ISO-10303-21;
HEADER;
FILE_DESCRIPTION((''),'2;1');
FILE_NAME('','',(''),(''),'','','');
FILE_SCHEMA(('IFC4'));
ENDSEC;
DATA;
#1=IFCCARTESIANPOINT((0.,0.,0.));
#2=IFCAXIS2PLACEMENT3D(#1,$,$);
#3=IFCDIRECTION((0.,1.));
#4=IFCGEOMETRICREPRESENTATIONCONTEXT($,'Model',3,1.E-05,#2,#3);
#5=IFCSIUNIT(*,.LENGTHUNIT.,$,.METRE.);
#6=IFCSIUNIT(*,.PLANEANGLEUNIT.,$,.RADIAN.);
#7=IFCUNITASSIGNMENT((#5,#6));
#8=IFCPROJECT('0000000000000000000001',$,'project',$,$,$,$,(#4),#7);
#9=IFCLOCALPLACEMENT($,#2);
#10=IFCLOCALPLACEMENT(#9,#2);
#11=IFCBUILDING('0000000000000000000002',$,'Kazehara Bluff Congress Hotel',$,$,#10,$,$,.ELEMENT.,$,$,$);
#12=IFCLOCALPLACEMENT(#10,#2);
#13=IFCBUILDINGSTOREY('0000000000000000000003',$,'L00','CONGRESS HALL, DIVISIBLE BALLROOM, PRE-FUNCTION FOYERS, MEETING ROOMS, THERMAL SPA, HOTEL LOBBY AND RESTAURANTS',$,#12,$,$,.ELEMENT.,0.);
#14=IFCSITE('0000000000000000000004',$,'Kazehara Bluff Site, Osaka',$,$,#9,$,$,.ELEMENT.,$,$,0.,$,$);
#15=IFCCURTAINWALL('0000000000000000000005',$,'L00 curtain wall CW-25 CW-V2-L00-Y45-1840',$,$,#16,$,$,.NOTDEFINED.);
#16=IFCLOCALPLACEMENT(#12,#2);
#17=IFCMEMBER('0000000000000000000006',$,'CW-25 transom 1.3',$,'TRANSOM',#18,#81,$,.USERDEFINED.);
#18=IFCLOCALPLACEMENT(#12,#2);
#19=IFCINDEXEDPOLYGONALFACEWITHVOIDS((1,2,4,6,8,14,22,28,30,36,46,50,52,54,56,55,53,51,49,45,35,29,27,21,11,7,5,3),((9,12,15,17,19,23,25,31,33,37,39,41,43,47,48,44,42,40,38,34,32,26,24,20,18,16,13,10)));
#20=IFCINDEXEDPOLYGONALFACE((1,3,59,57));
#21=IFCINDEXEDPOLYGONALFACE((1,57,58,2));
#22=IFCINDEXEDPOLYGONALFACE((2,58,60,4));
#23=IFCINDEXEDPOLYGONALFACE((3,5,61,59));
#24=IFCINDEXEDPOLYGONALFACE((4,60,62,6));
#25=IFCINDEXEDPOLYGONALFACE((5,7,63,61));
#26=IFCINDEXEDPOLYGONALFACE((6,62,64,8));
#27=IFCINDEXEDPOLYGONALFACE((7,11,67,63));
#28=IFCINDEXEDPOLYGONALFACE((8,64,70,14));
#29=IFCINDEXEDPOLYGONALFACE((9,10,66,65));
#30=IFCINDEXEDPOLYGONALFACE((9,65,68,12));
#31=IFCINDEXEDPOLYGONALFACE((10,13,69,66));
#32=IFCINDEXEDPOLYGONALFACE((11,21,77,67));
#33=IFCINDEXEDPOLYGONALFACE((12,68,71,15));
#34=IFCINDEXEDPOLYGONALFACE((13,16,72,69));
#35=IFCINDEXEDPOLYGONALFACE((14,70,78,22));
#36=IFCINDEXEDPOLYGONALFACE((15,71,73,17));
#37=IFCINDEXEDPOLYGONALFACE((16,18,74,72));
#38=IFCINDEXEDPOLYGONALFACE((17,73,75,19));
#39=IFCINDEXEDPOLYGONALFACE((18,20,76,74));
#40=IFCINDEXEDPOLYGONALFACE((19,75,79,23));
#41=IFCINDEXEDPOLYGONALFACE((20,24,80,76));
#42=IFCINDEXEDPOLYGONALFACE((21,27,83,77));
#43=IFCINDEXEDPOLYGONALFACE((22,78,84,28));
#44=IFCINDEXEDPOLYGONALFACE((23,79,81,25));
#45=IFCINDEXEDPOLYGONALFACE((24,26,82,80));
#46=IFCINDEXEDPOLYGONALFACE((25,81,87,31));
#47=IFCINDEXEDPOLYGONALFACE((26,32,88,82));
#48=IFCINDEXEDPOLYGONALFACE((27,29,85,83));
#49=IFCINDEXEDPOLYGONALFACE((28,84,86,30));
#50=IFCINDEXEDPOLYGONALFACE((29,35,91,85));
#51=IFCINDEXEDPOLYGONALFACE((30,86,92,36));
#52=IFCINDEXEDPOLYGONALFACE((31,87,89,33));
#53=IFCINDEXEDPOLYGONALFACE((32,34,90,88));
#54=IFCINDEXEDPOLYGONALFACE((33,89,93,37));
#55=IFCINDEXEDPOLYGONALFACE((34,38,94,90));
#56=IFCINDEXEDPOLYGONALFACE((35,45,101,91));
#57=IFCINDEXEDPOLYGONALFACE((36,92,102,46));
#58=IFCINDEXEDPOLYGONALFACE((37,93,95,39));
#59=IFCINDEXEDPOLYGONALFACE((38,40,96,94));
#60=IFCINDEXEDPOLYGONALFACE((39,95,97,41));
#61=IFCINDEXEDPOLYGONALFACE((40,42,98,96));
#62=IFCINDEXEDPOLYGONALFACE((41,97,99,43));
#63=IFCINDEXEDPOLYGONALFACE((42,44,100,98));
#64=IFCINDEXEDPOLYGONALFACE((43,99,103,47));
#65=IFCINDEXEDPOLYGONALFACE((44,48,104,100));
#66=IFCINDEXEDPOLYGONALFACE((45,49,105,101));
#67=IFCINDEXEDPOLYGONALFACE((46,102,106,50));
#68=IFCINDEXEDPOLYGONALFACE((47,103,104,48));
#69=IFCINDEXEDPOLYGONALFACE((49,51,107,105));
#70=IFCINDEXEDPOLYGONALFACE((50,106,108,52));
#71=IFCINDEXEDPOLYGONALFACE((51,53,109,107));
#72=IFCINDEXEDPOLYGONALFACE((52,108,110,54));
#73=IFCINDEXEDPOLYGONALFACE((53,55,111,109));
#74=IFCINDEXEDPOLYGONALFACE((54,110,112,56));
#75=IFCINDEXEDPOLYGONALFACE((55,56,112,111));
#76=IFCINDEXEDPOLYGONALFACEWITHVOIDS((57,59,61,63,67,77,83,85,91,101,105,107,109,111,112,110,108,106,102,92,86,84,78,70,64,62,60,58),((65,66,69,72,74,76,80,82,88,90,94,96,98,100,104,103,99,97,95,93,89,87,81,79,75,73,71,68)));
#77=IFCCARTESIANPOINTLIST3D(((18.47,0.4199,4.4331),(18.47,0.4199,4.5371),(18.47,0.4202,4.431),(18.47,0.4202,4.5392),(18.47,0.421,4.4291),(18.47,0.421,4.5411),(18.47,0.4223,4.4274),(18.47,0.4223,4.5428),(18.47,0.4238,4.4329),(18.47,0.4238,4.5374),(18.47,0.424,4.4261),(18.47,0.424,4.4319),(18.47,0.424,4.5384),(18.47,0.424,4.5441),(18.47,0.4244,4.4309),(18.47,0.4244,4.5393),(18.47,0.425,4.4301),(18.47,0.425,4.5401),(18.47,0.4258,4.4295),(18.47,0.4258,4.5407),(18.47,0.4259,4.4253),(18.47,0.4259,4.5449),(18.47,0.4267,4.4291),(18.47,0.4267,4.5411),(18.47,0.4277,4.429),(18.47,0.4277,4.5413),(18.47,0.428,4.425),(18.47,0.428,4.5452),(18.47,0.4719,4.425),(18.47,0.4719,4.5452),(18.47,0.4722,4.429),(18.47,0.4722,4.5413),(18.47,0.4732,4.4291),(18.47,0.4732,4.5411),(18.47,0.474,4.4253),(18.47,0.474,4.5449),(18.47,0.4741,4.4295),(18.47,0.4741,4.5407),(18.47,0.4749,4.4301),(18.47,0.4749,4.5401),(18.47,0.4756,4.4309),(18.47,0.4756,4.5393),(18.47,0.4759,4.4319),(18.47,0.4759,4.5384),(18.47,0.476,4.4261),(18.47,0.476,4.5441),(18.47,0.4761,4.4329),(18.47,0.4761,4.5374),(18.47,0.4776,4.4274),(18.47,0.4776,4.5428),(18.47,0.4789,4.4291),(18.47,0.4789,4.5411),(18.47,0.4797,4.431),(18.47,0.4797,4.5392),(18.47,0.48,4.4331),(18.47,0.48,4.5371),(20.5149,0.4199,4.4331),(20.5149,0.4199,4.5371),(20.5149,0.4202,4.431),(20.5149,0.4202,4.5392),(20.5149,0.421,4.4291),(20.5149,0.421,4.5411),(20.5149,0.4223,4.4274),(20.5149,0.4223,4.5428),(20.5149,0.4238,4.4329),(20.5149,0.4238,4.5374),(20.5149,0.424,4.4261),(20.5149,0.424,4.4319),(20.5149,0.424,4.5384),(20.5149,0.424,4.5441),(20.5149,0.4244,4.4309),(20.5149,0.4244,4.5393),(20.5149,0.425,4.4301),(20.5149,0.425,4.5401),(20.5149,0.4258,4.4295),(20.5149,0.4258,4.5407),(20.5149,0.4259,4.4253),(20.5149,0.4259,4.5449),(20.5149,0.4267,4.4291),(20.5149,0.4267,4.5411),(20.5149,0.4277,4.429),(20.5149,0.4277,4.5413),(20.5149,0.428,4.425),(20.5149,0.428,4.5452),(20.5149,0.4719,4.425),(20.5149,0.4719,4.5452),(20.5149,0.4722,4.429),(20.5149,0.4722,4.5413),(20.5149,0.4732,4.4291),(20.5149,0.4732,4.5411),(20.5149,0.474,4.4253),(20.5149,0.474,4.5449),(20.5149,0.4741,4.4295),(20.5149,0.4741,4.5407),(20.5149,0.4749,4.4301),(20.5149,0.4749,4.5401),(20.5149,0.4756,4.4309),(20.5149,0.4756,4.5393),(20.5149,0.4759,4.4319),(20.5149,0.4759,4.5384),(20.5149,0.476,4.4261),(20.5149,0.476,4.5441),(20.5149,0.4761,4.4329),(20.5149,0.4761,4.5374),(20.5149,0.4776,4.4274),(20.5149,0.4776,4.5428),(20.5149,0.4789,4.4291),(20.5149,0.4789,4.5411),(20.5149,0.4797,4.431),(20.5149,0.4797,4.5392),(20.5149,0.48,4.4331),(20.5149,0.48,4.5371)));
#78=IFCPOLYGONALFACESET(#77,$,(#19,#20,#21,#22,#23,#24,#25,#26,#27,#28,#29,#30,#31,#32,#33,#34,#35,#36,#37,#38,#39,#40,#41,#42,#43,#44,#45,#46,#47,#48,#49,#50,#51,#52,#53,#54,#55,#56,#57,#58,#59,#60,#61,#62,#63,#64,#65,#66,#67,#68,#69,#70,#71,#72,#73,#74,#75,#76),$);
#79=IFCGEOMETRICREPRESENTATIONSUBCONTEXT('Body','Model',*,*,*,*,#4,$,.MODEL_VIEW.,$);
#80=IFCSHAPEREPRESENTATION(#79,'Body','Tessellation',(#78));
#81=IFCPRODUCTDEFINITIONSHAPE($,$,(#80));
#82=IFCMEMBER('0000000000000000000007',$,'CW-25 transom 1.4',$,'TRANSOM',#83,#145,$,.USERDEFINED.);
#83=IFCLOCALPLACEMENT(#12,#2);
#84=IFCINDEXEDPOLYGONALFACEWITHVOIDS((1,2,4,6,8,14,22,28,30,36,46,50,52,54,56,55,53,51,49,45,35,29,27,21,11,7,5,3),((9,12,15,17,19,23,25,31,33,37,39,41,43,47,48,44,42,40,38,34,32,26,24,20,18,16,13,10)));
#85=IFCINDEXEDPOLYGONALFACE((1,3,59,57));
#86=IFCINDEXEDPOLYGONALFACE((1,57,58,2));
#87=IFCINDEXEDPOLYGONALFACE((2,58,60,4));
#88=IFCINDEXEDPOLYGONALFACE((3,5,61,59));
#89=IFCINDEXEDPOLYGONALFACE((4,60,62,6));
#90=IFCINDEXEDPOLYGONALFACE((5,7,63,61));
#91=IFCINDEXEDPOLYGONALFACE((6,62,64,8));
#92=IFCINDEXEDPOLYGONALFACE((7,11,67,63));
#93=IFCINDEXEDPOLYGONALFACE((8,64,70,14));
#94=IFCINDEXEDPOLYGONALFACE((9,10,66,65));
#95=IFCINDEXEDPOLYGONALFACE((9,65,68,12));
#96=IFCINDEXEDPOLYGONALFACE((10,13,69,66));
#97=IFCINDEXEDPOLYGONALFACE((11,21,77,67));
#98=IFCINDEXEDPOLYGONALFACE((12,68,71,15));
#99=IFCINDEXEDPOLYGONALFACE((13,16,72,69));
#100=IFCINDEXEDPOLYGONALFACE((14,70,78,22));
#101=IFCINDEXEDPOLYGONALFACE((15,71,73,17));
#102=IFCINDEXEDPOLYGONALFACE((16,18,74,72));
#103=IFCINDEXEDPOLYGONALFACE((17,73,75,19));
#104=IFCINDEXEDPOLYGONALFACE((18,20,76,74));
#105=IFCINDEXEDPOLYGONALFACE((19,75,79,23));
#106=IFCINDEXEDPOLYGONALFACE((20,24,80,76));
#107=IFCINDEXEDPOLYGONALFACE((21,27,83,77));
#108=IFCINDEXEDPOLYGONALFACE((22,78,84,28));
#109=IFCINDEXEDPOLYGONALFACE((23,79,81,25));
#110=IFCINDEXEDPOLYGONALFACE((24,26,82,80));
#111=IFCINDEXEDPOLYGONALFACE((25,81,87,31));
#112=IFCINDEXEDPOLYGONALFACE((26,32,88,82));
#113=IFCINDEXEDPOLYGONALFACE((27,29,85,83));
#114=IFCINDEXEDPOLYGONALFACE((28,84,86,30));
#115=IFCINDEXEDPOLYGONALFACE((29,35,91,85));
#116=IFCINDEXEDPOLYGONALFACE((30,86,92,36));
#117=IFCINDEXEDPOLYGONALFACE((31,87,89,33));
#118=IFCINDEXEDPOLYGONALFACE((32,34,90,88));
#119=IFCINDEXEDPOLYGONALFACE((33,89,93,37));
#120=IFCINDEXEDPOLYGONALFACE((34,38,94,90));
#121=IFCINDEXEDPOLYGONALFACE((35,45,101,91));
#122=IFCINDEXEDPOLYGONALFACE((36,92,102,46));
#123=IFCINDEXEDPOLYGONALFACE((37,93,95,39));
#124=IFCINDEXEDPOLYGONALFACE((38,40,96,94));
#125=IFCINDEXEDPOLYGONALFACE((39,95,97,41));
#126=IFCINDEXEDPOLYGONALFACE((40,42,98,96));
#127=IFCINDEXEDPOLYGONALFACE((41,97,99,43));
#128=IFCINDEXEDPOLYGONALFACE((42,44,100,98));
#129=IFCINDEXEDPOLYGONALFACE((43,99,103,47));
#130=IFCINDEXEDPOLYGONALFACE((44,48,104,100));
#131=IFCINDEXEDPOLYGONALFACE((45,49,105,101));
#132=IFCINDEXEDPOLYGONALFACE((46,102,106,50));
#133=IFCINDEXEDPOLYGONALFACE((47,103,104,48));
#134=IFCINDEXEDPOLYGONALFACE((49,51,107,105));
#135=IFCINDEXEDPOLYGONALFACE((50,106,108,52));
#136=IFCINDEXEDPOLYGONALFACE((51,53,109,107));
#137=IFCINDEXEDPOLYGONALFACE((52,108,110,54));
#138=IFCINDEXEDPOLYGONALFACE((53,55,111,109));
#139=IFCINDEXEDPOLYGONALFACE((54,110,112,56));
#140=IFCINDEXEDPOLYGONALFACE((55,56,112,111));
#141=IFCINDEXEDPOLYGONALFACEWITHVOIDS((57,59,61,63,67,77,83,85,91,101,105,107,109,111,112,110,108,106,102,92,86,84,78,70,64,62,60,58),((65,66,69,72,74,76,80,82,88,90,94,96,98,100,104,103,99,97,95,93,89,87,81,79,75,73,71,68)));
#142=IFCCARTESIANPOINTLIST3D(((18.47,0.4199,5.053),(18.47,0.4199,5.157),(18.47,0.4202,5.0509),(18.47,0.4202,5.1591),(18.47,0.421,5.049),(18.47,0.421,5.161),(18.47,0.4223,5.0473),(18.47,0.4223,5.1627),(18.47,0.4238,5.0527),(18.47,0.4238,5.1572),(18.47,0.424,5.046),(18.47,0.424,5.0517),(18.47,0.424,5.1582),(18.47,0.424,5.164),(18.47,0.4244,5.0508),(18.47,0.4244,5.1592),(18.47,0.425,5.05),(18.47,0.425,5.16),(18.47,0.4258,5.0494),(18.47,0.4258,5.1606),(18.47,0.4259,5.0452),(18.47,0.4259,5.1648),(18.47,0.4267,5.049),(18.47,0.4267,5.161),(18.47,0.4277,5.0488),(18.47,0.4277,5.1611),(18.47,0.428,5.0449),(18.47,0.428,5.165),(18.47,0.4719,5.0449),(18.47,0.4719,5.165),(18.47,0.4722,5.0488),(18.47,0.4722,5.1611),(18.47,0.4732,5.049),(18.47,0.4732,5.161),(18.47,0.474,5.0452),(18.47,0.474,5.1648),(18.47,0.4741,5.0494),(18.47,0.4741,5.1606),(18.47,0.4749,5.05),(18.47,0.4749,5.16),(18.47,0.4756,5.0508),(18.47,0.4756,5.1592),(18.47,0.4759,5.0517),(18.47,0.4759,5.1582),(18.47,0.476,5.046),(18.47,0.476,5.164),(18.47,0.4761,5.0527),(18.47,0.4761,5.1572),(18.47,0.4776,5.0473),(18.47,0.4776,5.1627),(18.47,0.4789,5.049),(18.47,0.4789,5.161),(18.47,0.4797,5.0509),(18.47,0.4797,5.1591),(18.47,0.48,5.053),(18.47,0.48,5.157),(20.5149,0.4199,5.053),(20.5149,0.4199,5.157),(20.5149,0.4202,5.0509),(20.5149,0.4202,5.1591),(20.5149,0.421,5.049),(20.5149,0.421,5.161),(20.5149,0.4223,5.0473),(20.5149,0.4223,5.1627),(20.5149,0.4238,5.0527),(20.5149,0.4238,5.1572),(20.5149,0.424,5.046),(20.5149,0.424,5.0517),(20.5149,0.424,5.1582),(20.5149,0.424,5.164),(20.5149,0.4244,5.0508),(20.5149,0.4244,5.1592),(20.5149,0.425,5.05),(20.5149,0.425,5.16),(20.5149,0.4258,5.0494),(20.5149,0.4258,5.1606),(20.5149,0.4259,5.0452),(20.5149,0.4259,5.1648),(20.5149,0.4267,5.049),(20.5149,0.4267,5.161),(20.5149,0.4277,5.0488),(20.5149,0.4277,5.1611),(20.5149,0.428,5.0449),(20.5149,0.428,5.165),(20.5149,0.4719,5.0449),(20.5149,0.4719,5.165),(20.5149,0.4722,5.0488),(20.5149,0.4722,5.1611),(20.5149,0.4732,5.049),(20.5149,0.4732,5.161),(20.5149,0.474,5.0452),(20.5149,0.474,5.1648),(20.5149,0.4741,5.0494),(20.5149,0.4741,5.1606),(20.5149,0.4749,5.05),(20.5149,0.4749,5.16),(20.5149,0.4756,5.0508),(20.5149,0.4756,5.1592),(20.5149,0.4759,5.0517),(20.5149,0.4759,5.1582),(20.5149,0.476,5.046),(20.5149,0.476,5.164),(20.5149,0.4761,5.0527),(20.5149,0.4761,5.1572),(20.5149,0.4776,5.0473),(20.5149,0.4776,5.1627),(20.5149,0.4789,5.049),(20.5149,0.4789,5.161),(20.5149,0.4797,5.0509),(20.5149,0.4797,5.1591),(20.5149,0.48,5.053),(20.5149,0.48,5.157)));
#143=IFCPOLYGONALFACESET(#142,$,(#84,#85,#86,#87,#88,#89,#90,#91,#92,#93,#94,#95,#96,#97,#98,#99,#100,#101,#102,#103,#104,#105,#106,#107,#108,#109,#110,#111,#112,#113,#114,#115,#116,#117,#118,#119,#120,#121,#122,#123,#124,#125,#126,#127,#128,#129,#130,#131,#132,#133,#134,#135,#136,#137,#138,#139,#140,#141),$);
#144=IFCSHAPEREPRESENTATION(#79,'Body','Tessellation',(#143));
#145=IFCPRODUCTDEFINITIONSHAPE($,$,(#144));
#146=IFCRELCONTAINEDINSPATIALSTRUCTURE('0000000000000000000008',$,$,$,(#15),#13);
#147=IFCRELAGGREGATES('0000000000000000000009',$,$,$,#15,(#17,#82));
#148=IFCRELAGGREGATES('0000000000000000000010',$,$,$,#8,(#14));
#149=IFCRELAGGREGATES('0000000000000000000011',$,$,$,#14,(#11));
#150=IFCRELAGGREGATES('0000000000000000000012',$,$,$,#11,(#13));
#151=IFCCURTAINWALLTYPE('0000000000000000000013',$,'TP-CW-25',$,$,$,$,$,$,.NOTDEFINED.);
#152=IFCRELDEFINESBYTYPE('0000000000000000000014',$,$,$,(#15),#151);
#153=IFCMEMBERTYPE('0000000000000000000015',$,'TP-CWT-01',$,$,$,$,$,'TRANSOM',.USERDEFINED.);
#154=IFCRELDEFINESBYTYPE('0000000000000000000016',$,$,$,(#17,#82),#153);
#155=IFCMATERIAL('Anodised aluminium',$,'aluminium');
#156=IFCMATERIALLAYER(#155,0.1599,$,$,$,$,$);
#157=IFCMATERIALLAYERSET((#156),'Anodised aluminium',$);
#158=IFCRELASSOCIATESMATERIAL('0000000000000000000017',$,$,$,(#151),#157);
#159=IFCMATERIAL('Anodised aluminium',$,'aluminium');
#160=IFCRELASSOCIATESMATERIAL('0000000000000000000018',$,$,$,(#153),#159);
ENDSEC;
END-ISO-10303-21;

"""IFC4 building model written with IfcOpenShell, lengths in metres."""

from ifc_helpers import new_model, si_unit, direction, frame, origin, origin_2d, place, context, subcontext, project, spatial, hollow_rectangle, extrude, material, layer, layer_set, material_profile, profile_set, type_object, element, aggregate, save


model = new_model("IFC4")

# Units and contexts
model_context = context("Model", 3, precision=1e-05, world=origin(), true_north=direction((0.0, 1.0)))
body_context = subcontext(model_context, "Body", "Model", "MODEL_VIEW")
ifc_project = project(units=[si_unit("LENGTHUNIT", "METRE"), si_unit("PLANEANGLEUNIT", "RADIAN")], contexts=[model_context])

# Site, building, storey
site_placement = place(None, origin())
site = spatial("IfcSite", under=ifc_project, at=site_placement, Name="Kazehara Bluff Site, Osaka", CompositionType="ELEMENT", RefElevation=0.0)
building_placement = place(site_placement, origin())
building = spatial("IfcBuilding", under=site, at=building_placement, Name="Kazehara Bluff Congress Hotel", CompositionType="ELEMENT")
storey_placement = place(building_placement, origin())
storey = spatial("IfcBuildingStorey", under=building, at=storey_placement, Name="L00", Description="CONGRESS HALL, DIVISIBLE BALLROOM, PRE-FUNCTION FOYERS, MEETING ROOMS, THERMAL SPA, HOTEL LOBBY AND RESTAURANTS", CompositionType="ELEMENT", Elevation=0.0)

# Curtain wall
ifc_material_1 = material(Name="Anodised aluminium", Category="aluminium")
ifc_layer_1 = layer(ifc_material_1, 0.1599)
ifc_layer_set_1 = layer_set([ifc_layer_1], Name="Anodised aluminium")
curtain_wall_type_1 = type_object("IfcCurtainWallType", Name="TP-CW-25", PredefinedType="NOTDEFINED", material=ifc_layer_set_1)
curtain_wall_1_placement = place(storey_placement, origin())
curtain_wall_1 = element("IfcCurtainWall", 1, at=curtain_wall_1_placement, inside=storey, type_object=curtain_wall_type_1, Name="L00 curtain wall CW-25 CW-V2-L00-Y45-1840", PredefinedType="NOTDEFINED")

# Members
ifc_material_2 = material(Name="Anodised aluminium", Category="aluminium")
ifc_material_profile_1 = material_profile(ifc_material_2, hollow_rectangle(XDim=0.0601, YDim=0.1201, WallThickness=0.0039, InnerFilletRadius=0.0039, OuterFilletRadius=0.0081, at=origin_2d()))
ifc_profile_set_1 = profile_set([ifc_material_profile_1], Name="Anodised aluminium")
member_type_1 = type_object("IfcMemberType", Name="TP-CWT-01", ElementType="TRANSOM", PredefinedType="USERDEFINED", material=ifc_profile_set_1)
member_1_placement = place(storey_placement, frame((18.47, 0.45, 4.4851), z_axis=(1.0, 0.0, 0.0), x_axis=(0.0, 1.0, 0.0)))
member_1 = element("IfcMember", 2, at=member_1_placement, type_object=member_type_1, Name="CW-25 transom 1.3", ObjectType="TRANSOM", PredefinedType="USERDEFINED", context=body_context, shape_type="SweptSolid", body=[
    extrude(hollow_rectangle(XDim=0.0601, YDim=0.1201, WallThickness=0.0039, InnerFilletRadius=0.0039, OuterFilletRadius=0.0081, at=origin_2d()), origin(), (0.0, 0.0, 1.0), 2.0449),
])
member_2_placement = place(storey_placement, frame((18.47, 0.45, 5.105), z_axis=(1.0, 0.0, 0.0), x_axis=(0.0, 1.0, 0.0)))
member_2 = element("IfcMember", 3, at=member_2_placement, type_object=member_type_1, Name="CW-25 transom 1.4", ObjectType="TRANSOM", PredefinedType="USERDEFINED", context=body_context, shape_type="SweptSolid", body=[
    extrude(hollow_rectangle(XDim=0.0601, YDim=0.1201, WallThickness=0.0039, InnerFilletRadius=0.0039, OuterFilletRadius=0.0081, at=origin_2d()), origin(), (0.0, 0.0, 1.0), 2.0449),
])

aggregate(curtain_wall_1, [member_1, member_2])

save(model, "model.ifc")
